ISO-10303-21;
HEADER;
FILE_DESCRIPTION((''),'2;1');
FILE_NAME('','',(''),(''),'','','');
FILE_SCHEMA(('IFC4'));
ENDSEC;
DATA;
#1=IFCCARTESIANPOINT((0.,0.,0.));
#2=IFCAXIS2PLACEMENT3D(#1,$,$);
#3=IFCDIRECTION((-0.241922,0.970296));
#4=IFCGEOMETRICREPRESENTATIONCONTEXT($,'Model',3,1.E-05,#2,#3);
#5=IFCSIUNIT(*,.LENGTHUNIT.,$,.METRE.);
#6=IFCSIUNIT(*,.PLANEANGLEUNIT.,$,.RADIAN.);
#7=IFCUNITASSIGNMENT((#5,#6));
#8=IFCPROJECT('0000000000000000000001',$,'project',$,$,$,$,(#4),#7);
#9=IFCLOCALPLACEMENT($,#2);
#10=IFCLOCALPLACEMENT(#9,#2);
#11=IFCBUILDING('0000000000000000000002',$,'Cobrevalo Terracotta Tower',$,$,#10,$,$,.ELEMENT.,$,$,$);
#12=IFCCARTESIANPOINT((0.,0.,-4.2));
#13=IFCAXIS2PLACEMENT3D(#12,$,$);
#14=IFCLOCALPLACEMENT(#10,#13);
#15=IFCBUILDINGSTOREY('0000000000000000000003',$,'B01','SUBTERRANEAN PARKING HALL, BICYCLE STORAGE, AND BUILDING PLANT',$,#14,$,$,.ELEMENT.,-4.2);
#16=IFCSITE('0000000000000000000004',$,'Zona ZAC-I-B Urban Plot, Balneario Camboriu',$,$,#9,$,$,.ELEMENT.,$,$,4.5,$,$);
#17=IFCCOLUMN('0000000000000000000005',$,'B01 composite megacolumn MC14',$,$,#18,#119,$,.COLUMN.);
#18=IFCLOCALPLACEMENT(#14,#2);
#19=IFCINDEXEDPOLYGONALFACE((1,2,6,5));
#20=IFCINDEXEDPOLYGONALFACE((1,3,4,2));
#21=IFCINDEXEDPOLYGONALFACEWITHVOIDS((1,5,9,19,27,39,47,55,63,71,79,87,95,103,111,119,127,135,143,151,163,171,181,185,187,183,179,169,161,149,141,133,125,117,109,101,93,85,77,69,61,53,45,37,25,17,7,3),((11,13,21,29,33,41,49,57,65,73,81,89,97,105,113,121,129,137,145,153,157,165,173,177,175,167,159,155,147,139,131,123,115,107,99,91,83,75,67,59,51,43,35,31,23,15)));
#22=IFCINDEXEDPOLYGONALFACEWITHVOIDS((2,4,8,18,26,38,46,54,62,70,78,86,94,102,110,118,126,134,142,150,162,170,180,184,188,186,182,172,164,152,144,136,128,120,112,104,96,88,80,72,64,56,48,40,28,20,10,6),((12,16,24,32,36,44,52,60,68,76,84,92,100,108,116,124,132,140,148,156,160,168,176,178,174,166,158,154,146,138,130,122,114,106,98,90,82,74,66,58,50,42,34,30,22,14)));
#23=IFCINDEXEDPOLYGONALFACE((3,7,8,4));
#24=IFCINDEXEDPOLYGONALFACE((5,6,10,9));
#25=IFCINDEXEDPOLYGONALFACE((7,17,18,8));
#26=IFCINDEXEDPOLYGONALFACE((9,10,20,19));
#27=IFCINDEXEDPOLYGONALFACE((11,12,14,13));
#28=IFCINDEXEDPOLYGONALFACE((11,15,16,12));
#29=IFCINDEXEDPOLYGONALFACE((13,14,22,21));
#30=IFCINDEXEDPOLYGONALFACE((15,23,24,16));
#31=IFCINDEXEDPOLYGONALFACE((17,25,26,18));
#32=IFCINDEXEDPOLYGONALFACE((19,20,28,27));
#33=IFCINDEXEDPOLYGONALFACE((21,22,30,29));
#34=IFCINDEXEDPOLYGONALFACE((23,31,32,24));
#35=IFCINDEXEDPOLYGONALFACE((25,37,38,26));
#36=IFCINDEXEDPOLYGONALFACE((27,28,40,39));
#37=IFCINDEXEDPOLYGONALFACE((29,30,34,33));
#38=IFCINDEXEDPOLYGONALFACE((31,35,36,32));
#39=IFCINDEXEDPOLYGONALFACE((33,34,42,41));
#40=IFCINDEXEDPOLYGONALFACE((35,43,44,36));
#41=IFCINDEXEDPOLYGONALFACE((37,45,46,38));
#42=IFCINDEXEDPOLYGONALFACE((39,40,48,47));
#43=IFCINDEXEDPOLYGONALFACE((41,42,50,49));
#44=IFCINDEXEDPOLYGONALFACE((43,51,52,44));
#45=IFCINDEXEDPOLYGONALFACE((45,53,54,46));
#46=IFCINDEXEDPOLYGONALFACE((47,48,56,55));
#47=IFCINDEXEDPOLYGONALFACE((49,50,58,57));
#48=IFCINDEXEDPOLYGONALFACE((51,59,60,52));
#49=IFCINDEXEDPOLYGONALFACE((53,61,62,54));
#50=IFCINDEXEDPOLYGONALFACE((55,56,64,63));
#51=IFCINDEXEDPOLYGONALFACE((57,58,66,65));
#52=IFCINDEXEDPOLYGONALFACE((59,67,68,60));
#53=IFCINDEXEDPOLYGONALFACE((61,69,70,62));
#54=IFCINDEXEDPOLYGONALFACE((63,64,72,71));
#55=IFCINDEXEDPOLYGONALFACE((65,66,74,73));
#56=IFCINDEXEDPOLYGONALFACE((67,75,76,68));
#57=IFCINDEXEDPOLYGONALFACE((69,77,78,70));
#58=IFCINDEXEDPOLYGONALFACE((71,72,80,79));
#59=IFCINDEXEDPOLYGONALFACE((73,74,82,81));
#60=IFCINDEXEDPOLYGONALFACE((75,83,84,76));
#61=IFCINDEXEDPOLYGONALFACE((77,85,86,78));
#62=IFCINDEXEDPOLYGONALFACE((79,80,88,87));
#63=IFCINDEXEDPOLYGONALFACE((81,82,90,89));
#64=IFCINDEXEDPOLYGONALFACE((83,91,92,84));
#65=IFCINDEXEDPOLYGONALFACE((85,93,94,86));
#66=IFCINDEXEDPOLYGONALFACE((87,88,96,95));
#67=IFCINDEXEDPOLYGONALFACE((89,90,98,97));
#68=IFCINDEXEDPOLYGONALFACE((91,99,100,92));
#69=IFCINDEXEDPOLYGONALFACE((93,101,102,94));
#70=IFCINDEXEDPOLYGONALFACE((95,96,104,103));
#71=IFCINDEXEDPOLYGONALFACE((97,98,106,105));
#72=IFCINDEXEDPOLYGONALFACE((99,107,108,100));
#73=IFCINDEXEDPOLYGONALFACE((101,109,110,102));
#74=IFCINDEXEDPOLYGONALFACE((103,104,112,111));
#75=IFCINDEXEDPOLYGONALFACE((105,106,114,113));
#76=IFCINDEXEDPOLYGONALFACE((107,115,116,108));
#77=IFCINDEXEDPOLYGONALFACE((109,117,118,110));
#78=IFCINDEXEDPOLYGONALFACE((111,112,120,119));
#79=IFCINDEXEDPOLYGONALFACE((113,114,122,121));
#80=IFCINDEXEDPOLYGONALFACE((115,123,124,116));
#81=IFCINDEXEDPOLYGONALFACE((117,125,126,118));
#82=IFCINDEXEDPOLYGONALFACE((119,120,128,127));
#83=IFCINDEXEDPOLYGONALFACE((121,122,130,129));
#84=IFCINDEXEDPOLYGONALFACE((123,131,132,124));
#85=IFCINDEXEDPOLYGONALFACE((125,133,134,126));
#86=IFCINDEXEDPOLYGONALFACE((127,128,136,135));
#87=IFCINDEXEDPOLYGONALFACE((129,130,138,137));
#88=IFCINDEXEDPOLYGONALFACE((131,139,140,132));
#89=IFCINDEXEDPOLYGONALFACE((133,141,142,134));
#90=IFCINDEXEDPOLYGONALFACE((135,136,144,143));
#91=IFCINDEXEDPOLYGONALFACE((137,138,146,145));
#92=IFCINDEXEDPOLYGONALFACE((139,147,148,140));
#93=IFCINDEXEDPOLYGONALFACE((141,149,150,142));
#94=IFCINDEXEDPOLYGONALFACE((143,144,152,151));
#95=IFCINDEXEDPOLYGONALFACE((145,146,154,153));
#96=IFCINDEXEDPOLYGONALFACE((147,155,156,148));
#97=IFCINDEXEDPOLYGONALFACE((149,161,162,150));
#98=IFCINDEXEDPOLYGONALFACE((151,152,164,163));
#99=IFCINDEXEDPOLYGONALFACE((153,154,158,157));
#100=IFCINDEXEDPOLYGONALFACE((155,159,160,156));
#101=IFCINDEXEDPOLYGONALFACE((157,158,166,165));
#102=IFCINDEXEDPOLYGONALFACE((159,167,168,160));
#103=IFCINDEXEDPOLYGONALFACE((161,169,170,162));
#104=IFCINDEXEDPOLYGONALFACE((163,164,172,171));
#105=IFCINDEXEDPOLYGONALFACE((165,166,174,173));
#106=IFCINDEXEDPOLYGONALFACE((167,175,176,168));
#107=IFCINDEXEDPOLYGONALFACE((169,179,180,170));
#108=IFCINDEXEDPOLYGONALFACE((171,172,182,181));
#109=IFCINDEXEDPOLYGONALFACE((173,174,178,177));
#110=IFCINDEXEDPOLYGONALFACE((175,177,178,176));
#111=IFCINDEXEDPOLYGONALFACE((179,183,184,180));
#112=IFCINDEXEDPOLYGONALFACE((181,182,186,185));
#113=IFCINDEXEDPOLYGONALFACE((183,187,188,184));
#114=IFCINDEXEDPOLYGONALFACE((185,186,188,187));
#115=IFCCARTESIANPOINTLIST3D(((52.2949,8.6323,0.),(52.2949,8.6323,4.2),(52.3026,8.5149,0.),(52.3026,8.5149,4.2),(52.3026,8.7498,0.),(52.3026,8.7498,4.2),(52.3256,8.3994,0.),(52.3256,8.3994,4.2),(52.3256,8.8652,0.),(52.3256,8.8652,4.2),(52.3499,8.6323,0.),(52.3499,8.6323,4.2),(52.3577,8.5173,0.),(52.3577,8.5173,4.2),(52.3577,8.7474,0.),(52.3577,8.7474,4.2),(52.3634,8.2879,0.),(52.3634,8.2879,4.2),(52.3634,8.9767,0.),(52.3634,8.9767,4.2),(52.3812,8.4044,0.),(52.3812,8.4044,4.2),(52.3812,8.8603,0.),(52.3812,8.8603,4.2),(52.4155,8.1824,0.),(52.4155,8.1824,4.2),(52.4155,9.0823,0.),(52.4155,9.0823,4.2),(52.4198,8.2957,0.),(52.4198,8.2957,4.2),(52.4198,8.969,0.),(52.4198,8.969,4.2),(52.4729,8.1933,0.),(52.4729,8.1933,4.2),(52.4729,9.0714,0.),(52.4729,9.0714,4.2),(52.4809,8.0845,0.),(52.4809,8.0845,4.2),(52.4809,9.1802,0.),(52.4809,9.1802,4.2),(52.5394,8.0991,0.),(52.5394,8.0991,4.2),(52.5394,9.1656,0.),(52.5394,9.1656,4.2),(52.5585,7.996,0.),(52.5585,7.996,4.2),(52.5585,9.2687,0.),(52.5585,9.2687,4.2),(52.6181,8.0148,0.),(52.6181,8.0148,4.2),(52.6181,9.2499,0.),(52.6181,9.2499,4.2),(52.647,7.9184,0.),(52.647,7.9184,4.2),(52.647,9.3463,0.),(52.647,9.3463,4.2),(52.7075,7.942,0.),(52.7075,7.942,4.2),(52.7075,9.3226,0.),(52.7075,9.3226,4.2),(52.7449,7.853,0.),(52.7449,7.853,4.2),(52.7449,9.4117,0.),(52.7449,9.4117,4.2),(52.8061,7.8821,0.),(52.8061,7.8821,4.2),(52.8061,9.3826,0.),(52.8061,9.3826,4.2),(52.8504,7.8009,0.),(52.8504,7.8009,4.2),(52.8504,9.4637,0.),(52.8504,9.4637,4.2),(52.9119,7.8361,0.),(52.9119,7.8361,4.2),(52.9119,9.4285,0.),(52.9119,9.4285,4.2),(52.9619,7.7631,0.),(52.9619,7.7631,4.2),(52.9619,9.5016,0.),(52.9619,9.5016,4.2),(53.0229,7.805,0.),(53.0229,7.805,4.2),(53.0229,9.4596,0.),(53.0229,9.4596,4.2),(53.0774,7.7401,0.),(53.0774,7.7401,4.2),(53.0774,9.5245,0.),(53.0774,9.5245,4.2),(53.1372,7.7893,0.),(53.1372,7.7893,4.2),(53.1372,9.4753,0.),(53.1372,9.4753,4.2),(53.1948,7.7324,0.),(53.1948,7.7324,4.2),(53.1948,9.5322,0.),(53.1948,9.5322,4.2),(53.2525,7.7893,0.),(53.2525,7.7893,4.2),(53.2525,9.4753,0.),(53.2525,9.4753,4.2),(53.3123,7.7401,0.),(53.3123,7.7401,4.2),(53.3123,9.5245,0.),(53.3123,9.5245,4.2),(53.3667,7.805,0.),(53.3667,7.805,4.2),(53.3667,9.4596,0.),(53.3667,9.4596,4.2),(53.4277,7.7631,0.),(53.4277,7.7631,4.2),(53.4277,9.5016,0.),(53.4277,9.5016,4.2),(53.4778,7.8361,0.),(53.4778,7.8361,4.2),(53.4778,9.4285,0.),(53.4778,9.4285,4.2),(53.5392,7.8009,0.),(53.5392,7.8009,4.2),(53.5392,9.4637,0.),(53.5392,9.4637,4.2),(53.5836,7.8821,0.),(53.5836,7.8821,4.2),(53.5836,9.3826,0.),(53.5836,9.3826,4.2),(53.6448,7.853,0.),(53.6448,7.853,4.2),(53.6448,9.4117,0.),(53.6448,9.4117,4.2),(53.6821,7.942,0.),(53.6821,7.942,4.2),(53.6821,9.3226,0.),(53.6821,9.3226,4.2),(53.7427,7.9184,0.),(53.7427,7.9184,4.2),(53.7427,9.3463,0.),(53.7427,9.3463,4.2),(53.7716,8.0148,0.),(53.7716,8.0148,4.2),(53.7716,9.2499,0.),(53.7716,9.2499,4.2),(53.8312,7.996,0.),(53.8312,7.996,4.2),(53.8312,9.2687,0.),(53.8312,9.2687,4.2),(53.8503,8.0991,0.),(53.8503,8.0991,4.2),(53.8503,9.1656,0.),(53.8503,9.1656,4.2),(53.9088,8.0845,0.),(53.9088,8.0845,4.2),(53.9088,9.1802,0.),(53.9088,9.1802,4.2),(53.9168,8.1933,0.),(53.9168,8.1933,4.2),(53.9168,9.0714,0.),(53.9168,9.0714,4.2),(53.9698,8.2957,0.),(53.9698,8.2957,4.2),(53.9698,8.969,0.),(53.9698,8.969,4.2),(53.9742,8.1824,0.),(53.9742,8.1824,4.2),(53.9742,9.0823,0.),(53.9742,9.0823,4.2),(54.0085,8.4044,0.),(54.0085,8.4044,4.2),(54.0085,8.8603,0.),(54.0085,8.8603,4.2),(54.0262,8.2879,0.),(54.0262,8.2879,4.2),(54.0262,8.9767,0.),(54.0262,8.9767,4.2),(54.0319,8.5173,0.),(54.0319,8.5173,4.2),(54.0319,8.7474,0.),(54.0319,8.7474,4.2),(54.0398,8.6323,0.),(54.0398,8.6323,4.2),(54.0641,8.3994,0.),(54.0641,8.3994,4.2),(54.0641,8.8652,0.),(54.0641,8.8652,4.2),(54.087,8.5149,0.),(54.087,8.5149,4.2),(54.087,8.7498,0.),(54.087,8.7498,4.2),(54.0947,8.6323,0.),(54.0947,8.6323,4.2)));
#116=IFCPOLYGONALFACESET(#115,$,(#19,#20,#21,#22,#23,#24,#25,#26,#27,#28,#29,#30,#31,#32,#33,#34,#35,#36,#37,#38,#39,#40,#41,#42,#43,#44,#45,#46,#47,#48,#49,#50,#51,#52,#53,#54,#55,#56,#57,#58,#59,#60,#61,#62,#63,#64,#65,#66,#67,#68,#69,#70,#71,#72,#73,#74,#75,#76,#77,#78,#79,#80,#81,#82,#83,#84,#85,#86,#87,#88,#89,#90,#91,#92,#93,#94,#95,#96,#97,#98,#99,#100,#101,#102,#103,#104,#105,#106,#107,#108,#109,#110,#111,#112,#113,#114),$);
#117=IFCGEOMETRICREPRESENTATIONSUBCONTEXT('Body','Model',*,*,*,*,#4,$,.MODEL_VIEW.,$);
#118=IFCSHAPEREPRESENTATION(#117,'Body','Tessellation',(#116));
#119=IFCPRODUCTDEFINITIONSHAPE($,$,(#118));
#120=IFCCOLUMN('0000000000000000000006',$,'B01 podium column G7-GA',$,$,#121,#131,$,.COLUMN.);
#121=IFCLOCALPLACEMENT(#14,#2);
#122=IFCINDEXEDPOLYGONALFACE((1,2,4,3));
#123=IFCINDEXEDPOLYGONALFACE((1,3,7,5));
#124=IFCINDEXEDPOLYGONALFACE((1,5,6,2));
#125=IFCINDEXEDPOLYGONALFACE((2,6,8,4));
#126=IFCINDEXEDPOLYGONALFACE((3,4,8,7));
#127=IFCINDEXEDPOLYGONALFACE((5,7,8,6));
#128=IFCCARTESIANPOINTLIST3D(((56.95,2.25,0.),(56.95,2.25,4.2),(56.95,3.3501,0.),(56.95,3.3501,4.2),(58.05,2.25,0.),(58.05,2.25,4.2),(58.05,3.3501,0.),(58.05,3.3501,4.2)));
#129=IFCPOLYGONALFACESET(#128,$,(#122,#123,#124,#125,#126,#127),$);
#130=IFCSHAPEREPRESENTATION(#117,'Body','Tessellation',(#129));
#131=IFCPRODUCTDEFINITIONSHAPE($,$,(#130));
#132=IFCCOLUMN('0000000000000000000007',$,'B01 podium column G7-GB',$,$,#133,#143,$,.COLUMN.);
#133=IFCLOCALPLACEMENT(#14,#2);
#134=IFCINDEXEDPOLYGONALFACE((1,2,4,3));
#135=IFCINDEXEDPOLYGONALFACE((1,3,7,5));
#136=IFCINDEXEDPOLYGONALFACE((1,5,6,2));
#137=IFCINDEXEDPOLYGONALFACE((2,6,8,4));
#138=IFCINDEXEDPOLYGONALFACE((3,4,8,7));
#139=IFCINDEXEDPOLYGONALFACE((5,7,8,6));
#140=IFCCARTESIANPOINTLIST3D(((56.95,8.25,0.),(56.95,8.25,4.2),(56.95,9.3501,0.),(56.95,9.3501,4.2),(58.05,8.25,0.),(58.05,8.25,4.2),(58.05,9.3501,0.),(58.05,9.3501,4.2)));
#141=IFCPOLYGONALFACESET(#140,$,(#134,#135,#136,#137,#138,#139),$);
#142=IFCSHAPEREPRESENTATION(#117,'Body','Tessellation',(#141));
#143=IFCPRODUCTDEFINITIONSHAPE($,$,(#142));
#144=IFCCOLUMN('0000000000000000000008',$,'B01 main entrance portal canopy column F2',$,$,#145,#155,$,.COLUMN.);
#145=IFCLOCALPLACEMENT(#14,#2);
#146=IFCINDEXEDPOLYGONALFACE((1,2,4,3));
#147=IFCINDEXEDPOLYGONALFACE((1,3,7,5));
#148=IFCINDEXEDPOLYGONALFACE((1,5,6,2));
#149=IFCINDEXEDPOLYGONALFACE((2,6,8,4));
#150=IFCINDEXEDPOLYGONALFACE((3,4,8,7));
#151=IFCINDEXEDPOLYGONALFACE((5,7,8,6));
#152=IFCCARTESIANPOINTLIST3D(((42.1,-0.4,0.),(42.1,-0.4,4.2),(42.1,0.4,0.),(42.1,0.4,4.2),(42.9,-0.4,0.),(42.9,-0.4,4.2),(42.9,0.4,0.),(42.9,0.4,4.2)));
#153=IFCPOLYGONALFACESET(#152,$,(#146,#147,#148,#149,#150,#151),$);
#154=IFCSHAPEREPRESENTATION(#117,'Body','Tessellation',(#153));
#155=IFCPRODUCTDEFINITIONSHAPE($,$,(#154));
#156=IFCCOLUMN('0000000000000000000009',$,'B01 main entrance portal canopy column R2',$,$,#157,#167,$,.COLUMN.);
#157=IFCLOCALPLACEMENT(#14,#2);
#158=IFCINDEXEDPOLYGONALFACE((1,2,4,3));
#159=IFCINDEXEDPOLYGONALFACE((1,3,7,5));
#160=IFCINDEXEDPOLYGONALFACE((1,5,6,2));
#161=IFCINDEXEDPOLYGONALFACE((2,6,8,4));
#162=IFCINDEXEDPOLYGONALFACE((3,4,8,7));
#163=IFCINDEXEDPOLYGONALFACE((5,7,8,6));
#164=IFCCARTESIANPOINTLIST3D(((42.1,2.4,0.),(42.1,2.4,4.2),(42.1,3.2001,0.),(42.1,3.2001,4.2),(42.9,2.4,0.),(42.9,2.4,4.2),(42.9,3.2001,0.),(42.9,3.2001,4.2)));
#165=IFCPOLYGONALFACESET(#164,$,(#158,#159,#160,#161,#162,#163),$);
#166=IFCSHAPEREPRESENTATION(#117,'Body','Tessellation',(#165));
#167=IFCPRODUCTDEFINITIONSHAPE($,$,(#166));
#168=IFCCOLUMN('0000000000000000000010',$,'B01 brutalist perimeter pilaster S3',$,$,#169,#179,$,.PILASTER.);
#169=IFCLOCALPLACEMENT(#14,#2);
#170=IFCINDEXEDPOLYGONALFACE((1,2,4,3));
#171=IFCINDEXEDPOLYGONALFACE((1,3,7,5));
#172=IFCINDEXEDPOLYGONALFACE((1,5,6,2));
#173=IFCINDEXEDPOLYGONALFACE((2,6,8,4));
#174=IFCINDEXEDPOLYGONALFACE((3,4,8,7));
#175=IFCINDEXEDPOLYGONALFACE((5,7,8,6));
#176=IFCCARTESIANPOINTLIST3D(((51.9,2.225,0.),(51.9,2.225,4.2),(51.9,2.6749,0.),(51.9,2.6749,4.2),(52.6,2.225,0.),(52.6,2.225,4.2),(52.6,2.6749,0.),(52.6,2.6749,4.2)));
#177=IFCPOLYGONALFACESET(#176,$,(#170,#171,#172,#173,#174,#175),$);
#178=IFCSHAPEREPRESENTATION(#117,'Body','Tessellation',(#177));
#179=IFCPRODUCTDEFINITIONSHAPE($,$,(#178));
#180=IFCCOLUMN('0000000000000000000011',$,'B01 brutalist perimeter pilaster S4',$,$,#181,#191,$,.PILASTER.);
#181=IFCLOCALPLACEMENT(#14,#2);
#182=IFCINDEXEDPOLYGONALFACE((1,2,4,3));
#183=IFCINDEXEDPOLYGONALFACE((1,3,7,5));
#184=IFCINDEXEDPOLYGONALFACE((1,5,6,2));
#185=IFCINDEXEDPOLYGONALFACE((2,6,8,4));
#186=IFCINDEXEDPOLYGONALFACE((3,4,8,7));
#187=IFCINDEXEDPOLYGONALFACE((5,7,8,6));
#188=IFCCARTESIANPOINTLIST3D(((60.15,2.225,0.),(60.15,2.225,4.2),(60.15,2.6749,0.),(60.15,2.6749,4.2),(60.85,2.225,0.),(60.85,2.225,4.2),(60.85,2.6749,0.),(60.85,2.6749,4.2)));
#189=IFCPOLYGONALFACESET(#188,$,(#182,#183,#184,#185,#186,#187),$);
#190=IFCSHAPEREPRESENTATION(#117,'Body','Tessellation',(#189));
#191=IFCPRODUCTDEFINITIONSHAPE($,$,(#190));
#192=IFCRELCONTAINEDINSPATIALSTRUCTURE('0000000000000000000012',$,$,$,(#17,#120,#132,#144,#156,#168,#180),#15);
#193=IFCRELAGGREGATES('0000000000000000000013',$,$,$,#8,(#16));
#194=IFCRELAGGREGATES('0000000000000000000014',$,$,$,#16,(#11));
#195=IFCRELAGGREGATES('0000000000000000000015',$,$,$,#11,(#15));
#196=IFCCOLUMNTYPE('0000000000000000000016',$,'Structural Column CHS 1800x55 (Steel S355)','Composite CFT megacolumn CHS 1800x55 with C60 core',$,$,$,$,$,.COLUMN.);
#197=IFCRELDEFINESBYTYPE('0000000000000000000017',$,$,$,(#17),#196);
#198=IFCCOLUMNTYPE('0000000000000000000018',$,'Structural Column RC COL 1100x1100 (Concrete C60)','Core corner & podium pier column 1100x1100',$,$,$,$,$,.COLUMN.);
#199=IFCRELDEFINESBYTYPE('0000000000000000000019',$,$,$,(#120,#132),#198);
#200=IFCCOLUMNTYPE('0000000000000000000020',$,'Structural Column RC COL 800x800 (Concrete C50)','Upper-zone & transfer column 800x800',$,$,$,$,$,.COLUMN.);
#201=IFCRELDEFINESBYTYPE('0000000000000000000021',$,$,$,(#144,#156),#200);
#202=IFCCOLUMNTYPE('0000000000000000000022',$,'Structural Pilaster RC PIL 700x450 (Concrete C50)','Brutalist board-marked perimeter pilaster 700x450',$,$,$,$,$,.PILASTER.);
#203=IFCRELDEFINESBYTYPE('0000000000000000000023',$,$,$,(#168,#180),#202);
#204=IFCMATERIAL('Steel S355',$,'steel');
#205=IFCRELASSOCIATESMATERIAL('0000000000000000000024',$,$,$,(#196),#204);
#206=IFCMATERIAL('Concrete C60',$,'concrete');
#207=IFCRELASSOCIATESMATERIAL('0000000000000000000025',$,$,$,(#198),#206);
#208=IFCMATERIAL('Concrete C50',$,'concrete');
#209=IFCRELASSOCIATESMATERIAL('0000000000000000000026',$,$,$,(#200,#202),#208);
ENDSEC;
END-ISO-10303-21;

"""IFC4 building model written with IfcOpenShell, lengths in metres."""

from ifc_helpers import new_model, si_unit, direction, frame, origin, origin_2d, place, context, subcontext, project, spatial, rectangle, hollow_circle, extrude, material, material_profile, profile_set, type_object, element, save


model = new_model("IFC4")

# Units and contexts
model_context = context("Model", 3, precision=1e-05, world=origin(), true_north=direction((-0.241922, 0.970296)))
body_context = subcontext(model_context, "Body", "Model", "MODEL_VIEW")
ifc_project = project(units=[si_unit("LENGTHUNIT", "METRE"), si_unit("PLANEANGLEUNIT", "RADIAN")], contexts=[model_context])

# Site, building, storey
site_placement = place(None, origin())
site = spatial("IfcSite", under=ifc_project, at=site_placement, Name="Zona ZAC-I-B Urban Plot, Balneario Camboriu", CompositionType="ELEMENT", RefElevation=4.5)
building_placement = place(site_placement, origin())
building = spatial("IfcBuilding", under=site, at=building_placement, Name="Cobrevalo Terracotta Tower", CompositionType="ELEMENT")
storey_placement = place(building_placement, frame((0.0, 0.0, -4.2)))
storey = spatial("IfcBuildingStorey", under=building, at=storey_placement, Name="B01", Description="SUBTERRANEAN PARKING HALL, BICYCLE STORAGE, AND BUILDING PLANT", CompositionType="ELEMENT", Elevation=-4.2)

# Columns
ifc_material_1 = material(Name="Steel S355", Category="steel")
ifc_material_profile_1 = material_profile(ifc_material_1, hollow_circle(Radius=0.8999, WallThickness=0.0549, at=origin_2d()), Name="CHS 1800x55")
ifc_profile_set_1 = profile_set([ifc_material_profile_1], Name="Steel S355")
column_type_1 = type_object("IfcColumnType", Name="Structural Column CHS 1800x55 (Steel S355)", Description="Composite CFT megacolumn CHS 1800x55 with C60 core", PredefinedType="COLUMN", material=ifc_profile_set_1)
for number, where, z_axis, x_axis, name in (
    (1, (53.1948, 8.6323, 0.0), (0.0, 0.0, 1.0), (1.0, 0.0, 0.0), "B01 composite megacolumn MC14"),
):
    element("IfcColumn", number, at=place(storey_placement, frame(where, z_axis=z_axis, x_axis=x_axis)), inside=storey, type_object=column_type_1, Name=name, PredefinedType="COLUMN", context=body_context, shape_type="SweptSolid", body=[
        extrude(hollow_circle(Radius=0.8999, WallThickness=0.0549, at=origin_2d()), origin(), (0.0, 0.0, 1.0), 4.2),
    ])
ifc_material_2 = material(Name="Concrete C60", Category="concrete")
ifc_material_profile_2 = material_profile(ifc_material_2, rectangle(XDim=1.1001, YDim=1.1001, at=origin_2d()), Name="RC COL 1100x1100")
ifc_profile_set_2 = profile_set([ifc_material_profile_2], Name="Concrete C60")
column_type_2 = type_object("IfcColumnType", Name="Structural Column RC COL 1100x1100 (Concrete C60)", Description="Core corner & podium pier column 1100x1100", PredefinedType="COLUMN", material=ifc_profile_set_2)
for number, where, z_axis, x_axis, name in (
    (2, (57.5, 2.8, 0.0), (0.0, 0.0, 1.0), (1.0, 0.0, 0.0), "B01 podium column G7-GA"),
    (3, (57.5, 8.8, 0.0), (0.0, 0.0, 1.0), (1.0, 0.0, 0.0), "B01 podium column G7-GB"),
):
    element("IfcColumn", number, at=place(storey_placement, frame(where, z_axis=z_axis, x_axis=x_axis)), inside=storey, type_object=column_type_2, Name=name, PredefinedType="COLUMN", context=body_context, shape_type="SweptSolid", body=[
        extrude(rectangle(XDim=1.1001, YDim=1.1001, at=origin_2d()), origin(), (0.0, 0.0, 1.0), 4.2),
    ])
ifc_material_3 = material(Name="Concrete C50", Category="concrete")
ifc_material_profile_3 = material_profile(ifc_material_3, rectangle(XDim=0.8, YDim=0.8, at=origin_2d()), Name="RC COL 800x800")
ifc_profile_set_3 = profile_set([ifc_material_profile_3], Name="Concrete C50")
column_type_3 = type_object("IfcColumnType", Name="Structural Column RC COL 800x800 (Concrete C50)", Description="Upper-zone & transfer column 800x800", PredefinedType="COLUMN", material=ifc_profile_set_3)
for number, where, z_axis, x_axis, name in (
    (4, (42.5, 0.0, 0.0), (0.0, 0.0, 1.0), (1.0, 0.0, 0.0), "B01 main entrance portal canopy column F2"),
    (5, (42.5, 2.8, 0.0), (0.0, 0.0, 1.0), (1.0, 0.0, 0.0), "B01 main entrance portal canopy column R2"),
):
    element("IfcColumn", number, at=place(storey_placement, frame(where, z_axis=z_axis, x_axis=x_axis)), inside=storey, type_object=column_type_3, Name=name, PredefinedType="COLUMN", context=body_context, shape_type="SweptSolid", body=[
        extrude(rectangle(XDim=0.8, YDim=0.8, at=origin_2d()), origin(), (0.0, 0.0, 1.0), 4.2),
    ])
ifc_material_profile_4 = material_profile(ifc_material_3, rectangle(XDim=0.7, YDim=0.45, at=origin_2d()), Name="RC PIL 700x450")
ifc_profile_set_4 = profile_set([ifc_material_profile_4], Name="Concrete C50")
column_type_4 = type_object("IfcColumnType", Name="Structural Pilaster RC PIL 700x450 (Concrete C50)", Description="Brutalist board-marked perimeter pilaster 700x450", PredefinedType="PILASTER", material=ifc_profile_set_4)
for number, where, z_axis, x_axis, name in (
    (6, (52.25, 2.45, 0.0), (0.0, 0.0, 1.0), (1.0, 0.0, 0.0), "B01 brutalist perimeter pilaster S3"),
    (7, (60.5, 2.45, 0.0), (0.0, 0.0, 1.0), (1.0, 0.0, 0.0), "B01 brutalist perimeter pilaster S4"),
):
    element("IfcColumn", number, at=place(storey_placement, frame(where, z_axis=z_axis, x_axis=x_axis)), inside=storey, type_object=column_type_4, Name=name, PredefinedType="PILASTER", context=body_context, shape_type="SweptSolid", body=[
        extrude(rectangle(XDim=0.7, YDim=0.45, at=origin_2d()), origin(), (0.0, 0.0, 1.0), 4.2),
    ])

save(model, "model.ifc")
